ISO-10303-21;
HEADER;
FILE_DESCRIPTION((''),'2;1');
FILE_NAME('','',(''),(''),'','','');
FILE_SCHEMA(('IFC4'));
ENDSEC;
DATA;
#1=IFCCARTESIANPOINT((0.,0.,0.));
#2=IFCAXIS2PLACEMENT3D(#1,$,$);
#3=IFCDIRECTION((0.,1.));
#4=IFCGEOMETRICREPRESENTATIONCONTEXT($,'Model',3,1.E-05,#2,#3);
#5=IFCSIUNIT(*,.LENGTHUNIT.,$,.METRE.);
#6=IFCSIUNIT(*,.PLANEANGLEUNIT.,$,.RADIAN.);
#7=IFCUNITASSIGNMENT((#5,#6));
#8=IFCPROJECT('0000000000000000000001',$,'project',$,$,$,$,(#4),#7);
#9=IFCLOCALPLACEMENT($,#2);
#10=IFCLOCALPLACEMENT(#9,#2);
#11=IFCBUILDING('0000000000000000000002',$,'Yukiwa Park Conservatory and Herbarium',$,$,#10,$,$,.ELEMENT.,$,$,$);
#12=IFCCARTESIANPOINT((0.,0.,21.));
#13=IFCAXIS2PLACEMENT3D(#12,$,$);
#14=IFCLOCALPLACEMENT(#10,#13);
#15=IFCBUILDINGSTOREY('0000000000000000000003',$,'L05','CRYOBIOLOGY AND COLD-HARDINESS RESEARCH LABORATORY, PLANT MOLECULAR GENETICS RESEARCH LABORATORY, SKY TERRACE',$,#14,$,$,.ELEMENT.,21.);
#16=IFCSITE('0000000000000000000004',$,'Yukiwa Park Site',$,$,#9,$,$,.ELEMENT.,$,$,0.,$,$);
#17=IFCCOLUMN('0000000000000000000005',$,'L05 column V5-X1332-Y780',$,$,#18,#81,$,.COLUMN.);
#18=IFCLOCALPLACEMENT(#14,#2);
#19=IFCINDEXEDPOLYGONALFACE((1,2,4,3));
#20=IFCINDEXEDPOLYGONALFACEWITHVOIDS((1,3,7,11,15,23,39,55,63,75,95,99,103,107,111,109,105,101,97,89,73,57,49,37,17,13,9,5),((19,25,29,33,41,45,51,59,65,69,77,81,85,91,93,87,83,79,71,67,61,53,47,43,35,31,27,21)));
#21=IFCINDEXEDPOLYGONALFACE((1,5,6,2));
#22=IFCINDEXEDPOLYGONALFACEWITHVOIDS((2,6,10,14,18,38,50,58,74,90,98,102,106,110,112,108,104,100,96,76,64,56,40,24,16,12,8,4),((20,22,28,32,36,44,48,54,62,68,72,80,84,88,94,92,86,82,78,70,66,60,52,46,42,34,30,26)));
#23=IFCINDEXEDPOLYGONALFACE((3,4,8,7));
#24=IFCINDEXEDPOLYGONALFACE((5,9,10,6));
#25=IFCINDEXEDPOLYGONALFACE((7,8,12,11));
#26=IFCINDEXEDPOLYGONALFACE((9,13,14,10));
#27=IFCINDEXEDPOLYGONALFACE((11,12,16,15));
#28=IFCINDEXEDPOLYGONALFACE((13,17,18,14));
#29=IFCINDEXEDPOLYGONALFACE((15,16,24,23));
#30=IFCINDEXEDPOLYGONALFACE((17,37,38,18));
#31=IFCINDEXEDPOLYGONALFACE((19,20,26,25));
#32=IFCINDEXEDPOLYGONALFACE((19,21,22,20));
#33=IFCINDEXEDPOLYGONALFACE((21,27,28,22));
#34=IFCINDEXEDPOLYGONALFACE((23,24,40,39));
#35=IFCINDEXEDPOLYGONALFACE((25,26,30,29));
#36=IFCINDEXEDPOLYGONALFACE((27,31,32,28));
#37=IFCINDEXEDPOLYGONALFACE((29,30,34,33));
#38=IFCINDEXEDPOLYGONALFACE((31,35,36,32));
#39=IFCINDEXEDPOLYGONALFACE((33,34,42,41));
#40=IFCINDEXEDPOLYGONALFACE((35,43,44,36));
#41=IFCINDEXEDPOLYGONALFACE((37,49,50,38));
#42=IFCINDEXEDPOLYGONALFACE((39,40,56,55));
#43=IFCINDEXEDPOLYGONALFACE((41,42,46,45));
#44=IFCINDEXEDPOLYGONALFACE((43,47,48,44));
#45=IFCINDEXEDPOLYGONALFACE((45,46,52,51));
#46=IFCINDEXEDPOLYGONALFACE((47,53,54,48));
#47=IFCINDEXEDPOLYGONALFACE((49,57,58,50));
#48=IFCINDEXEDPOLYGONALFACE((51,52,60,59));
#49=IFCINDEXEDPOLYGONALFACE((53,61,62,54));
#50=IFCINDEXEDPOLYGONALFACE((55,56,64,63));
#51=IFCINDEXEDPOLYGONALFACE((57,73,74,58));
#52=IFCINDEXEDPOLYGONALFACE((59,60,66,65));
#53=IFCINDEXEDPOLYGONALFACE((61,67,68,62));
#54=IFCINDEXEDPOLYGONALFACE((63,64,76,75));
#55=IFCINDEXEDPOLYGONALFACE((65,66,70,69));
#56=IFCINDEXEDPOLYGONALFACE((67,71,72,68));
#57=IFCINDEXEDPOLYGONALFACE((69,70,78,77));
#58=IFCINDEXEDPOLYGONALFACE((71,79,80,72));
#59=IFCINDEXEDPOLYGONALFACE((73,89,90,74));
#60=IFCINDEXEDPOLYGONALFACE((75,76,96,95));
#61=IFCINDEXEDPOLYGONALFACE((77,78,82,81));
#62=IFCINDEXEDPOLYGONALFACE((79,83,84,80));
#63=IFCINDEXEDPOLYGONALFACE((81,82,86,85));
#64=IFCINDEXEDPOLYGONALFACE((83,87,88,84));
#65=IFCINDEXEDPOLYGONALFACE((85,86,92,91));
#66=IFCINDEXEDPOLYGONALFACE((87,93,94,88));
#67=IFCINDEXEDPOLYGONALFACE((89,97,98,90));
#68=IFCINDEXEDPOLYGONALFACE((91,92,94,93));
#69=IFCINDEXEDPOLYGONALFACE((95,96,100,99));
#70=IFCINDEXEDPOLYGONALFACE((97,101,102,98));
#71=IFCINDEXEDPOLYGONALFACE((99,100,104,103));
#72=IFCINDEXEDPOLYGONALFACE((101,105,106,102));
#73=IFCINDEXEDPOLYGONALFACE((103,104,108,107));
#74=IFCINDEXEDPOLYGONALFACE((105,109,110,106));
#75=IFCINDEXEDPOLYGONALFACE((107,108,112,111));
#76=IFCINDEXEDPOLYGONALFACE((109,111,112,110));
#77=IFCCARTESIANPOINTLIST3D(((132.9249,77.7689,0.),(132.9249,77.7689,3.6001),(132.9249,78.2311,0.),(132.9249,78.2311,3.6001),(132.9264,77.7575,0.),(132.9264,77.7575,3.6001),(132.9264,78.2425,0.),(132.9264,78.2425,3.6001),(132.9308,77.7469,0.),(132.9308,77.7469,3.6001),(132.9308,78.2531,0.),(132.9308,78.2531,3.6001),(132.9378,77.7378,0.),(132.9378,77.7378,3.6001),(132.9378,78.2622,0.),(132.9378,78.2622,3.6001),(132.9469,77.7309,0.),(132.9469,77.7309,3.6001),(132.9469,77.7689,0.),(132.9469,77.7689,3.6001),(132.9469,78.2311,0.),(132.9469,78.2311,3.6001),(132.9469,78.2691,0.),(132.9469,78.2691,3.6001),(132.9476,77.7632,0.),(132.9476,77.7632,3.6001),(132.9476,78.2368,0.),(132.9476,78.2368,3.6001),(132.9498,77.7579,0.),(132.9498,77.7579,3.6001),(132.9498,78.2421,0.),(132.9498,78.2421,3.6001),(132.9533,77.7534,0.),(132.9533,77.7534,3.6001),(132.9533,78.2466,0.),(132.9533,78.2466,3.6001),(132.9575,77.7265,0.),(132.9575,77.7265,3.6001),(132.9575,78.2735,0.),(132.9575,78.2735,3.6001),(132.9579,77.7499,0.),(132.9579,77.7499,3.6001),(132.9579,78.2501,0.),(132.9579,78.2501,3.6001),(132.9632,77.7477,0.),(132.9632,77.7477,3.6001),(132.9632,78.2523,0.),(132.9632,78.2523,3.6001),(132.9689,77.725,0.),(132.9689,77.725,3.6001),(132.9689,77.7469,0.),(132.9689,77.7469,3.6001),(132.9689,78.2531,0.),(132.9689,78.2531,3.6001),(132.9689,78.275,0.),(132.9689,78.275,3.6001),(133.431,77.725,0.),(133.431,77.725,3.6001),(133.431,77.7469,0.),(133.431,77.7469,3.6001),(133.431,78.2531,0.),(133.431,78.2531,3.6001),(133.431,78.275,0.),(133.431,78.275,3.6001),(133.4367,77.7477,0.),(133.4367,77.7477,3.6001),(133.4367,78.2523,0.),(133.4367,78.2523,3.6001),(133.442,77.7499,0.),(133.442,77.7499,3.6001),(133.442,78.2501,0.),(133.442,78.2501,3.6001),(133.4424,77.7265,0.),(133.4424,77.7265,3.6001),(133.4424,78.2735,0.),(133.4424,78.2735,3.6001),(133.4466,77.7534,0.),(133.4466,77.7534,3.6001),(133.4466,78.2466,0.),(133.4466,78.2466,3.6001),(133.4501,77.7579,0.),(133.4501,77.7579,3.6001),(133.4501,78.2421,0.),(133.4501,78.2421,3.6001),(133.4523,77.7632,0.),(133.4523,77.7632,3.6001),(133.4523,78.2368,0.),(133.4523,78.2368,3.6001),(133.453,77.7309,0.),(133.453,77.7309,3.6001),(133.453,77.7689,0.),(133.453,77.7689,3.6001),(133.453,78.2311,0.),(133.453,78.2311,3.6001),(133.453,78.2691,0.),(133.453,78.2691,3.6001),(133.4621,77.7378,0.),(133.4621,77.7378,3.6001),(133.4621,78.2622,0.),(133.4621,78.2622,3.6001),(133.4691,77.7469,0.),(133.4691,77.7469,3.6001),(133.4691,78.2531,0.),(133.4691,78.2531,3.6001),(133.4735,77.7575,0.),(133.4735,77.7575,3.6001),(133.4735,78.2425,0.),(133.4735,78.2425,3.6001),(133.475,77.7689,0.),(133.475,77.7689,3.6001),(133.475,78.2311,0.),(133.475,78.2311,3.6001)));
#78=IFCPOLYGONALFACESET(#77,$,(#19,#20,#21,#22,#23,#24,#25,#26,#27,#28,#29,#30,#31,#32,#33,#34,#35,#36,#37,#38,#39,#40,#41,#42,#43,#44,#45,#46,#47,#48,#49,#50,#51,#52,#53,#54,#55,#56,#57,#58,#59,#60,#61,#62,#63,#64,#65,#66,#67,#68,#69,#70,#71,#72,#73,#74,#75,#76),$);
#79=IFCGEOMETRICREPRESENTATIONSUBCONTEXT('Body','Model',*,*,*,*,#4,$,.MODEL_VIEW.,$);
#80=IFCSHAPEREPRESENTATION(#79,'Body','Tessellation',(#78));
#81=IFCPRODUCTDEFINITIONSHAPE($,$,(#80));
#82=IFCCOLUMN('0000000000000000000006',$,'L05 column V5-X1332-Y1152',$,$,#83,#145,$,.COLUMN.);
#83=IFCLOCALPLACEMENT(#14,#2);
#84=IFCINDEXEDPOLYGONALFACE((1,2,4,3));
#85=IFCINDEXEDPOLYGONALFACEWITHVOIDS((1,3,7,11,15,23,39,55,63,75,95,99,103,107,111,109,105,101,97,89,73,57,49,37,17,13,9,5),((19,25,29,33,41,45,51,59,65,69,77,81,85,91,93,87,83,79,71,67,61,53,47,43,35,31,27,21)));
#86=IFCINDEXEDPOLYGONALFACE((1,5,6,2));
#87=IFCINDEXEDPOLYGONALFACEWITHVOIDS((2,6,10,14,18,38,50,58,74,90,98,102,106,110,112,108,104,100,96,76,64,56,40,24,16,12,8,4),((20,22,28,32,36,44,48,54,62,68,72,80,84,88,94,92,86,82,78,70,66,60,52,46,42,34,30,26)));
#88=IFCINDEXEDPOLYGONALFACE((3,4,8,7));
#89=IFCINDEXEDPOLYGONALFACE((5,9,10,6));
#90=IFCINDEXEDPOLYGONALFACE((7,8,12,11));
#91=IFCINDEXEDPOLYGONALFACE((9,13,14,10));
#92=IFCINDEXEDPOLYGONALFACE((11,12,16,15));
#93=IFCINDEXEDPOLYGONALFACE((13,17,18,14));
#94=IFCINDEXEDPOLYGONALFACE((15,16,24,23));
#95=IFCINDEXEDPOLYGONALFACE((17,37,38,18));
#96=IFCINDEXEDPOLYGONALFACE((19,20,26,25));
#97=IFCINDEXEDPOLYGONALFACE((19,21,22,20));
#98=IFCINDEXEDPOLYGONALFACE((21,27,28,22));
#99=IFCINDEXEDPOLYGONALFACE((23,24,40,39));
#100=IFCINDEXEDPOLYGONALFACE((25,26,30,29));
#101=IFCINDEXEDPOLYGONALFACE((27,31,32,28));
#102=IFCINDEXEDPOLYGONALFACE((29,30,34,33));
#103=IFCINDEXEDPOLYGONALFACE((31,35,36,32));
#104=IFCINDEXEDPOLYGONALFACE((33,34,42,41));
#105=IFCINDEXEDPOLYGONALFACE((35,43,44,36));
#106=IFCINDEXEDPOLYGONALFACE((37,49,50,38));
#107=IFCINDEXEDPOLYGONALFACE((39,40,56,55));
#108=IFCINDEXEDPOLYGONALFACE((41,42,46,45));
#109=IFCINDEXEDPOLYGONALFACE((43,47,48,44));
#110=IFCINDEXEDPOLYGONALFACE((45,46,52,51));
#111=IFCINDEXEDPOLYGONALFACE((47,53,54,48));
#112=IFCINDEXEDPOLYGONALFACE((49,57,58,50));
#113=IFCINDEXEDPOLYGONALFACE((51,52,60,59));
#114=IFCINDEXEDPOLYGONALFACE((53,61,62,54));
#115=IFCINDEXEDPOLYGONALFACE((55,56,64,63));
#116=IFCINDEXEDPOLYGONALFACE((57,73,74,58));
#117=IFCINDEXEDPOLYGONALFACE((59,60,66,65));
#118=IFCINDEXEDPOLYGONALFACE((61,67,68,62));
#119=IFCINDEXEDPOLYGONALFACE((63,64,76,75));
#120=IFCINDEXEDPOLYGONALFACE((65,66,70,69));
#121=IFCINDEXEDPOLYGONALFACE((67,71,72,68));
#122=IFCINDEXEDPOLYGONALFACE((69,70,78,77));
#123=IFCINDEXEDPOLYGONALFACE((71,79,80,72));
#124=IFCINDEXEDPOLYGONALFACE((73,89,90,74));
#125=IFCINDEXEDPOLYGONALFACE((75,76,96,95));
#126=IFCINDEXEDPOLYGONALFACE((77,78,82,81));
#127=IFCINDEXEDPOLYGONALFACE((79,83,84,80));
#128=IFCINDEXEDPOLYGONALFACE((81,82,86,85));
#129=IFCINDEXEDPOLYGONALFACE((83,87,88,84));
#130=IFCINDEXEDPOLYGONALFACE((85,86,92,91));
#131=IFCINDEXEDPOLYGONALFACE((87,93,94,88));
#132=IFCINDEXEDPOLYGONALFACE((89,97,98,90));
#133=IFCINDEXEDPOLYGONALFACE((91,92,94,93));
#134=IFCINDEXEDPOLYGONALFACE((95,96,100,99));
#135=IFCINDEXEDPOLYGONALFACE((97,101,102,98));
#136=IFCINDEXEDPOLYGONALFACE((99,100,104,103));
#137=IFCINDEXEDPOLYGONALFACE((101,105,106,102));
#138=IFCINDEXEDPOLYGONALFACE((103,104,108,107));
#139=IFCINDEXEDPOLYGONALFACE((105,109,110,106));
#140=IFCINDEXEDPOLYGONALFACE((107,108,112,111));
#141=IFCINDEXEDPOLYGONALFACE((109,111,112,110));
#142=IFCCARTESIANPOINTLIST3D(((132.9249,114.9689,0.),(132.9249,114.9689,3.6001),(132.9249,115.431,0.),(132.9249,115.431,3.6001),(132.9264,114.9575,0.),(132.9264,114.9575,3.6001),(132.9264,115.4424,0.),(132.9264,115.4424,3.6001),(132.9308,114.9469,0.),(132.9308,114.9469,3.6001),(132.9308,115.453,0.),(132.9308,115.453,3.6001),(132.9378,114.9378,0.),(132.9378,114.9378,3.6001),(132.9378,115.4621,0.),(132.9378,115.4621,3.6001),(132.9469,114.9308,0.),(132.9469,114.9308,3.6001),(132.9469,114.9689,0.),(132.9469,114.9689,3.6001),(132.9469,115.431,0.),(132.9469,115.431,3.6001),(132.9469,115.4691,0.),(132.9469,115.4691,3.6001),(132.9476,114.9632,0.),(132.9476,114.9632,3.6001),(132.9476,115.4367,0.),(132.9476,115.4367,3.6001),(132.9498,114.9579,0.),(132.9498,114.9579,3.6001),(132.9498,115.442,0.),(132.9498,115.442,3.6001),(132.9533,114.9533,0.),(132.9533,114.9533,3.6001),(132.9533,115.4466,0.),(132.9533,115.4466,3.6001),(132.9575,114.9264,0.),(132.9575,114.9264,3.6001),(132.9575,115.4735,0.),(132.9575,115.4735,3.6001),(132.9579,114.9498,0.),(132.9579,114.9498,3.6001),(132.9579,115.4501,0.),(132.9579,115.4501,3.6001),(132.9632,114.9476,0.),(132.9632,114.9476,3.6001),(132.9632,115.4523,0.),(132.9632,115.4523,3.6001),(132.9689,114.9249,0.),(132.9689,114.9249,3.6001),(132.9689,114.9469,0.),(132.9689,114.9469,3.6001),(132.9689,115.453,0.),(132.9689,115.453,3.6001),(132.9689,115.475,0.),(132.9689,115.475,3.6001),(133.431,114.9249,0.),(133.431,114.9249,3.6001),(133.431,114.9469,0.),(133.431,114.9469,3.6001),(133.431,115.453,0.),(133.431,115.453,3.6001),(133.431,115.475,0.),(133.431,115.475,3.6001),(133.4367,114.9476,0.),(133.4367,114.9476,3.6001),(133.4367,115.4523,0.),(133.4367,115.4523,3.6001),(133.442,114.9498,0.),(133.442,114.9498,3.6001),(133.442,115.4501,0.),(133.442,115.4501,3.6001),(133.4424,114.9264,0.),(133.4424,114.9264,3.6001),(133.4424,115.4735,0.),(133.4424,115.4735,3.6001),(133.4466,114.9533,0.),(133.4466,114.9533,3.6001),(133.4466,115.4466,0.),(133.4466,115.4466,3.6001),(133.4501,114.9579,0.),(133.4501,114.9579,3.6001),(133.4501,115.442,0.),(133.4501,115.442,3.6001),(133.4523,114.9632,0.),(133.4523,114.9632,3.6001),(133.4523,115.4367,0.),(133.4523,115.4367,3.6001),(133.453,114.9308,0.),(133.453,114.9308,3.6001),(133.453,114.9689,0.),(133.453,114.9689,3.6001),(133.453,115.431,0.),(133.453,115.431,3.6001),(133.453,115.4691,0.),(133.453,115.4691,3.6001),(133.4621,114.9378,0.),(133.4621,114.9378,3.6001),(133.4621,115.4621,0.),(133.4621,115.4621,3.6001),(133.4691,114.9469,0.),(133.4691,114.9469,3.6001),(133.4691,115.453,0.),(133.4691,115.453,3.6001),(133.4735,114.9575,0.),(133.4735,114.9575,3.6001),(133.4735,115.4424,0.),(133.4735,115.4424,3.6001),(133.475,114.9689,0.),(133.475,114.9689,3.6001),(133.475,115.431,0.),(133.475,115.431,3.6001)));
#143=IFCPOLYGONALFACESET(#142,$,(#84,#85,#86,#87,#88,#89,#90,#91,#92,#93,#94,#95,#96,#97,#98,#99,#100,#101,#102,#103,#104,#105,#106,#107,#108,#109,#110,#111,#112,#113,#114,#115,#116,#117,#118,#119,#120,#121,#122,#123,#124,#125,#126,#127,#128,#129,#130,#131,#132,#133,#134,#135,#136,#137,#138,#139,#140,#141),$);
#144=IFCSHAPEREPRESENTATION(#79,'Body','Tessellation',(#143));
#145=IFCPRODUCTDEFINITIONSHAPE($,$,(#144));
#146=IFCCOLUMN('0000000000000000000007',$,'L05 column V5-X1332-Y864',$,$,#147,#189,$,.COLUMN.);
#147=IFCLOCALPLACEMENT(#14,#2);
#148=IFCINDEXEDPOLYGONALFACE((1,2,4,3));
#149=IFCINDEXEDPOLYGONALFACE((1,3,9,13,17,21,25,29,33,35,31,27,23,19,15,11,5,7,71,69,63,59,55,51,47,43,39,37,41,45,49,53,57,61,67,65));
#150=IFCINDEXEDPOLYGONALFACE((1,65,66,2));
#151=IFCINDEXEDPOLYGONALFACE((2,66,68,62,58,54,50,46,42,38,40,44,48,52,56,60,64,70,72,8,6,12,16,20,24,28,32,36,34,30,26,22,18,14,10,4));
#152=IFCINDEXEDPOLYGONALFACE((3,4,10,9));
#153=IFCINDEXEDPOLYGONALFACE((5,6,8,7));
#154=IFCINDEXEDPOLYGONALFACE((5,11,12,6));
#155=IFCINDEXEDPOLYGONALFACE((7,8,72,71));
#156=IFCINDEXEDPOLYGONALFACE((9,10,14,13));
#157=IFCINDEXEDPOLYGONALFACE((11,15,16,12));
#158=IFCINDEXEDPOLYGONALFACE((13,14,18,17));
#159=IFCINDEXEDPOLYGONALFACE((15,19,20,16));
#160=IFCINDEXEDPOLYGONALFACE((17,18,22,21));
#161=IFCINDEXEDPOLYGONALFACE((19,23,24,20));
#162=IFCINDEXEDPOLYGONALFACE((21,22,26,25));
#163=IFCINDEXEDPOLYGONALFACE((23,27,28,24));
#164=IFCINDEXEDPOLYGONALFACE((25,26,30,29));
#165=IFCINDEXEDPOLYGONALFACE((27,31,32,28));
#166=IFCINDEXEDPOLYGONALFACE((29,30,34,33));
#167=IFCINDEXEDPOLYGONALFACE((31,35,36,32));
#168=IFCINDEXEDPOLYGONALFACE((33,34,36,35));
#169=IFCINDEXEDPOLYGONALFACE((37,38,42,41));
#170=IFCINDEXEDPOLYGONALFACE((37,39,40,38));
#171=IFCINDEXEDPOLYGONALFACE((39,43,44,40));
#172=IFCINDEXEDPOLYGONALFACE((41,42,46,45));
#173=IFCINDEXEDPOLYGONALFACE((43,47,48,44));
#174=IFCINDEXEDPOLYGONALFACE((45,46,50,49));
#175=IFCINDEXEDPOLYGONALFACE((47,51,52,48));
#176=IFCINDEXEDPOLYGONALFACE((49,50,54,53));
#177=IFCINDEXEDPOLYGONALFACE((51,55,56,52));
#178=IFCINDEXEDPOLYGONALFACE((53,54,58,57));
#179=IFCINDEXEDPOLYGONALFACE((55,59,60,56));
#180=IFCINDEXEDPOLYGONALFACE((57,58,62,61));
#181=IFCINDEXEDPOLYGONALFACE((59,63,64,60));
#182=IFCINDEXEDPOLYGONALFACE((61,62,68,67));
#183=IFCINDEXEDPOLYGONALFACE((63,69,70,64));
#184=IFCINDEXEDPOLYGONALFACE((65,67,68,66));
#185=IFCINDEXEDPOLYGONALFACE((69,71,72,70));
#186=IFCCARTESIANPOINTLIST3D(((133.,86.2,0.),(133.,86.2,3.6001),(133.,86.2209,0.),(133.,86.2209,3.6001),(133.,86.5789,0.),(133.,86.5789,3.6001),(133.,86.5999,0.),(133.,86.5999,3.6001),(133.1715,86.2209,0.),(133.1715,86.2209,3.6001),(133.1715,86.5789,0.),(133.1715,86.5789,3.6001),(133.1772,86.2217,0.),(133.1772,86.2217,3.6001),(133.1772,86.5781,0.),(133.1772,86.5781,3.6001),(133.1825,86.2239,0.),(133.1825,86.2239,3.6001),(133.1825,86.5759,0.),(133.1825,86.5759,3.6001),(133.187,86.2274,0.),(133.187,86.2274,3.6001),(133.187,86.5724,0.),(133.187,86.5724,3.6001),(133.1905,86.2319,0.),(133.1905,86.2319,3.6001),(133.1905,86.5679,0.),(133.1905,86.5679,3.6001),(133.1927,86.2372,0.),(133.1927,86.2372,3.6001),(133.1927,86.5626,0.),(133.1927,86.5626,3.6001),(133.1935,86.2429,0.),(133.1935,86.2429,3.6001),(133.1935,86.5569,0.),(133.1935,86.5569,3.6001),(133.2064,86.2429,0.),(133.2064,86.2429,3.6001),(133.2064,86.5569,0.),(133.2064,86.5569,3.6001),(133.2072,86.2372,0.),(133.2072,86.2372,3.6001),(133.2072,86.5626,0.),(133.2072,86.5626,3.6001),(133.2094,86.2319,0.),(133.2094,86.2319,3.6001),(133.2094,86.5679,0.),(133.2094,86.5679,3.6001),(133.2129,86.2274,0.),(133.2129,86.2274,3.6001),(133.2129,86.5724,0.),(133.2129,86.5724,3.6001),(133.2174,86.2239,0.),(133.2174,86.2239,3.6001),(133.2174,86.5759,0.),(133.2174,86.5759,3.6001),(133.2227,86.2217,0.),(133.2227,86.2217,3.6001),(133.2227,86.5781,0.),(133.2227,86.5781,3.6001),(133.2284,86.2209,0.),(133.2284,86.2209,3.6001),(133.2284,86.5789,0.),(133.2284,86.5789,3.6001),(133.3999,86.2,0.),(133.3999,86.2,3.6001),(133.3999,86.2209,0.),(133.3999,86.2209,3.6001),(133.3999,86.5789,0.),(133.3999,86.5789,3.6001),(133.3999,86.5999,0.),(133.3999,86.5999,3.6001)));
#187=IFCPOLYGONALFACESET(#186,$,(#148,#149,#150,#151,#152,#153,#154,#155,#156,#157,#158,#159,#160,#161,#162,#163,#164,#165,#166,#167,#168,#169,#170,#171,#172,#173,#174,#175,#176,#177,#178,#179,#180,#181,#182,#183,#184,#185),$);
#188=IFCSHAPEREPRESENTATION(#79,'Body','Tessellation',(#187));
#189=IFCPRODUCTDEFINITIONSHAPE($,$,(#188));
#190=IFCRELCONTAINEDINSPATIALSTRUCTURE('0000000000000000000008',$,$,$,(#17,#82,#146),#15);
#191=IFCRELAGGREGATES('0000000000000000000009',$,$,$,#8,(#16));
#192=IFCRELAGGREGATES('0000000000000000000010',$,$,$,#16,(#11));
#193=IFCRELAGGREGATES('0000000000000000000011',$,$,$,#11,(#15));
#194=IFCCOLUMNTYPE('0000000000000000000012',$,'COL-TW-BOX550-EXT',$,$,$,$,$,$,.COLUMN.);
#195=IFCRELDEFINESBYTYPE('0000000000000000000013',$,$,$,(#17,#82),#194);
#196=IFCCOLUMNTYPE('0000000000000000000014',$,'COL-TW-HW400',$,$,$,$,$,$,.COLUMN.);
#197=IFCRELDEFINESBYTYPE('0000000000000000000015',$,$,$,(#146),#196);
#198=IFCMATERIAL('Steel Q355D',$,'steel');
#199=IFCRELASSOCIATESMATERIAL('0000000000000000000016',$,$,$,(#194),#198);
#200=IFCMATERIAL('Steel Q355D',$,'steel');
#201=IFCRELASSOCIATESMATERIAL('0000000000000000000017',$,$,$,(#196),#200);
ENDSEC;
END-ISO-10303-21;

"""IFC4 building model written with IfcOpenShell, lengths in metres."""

from ifc_helpers import new_model, si_unit, direction, frame, origin, origin_2d, place, context, subcontext, project, spatial, hollow_rectangle, i_section, extrude, material, material_profile, profile_set, type_object, element, save


model = new_model("IFC4")

# Units and contexts
model_context = context("Model", 3, precision=1e-05, world=origin(), true_north=direction((0.0, 1.0)))
body_context = subcontext(model_context, "Body", "Model", "MODEL_VIEW")
ifc_project = project(units=[si_unit("LENGTHUNIT", "METRE"), si_unit("PLANEANGLEUNIT", "RADIAN")], contexts=[model_context])

# Site, building, storey
site_placement = place(None, origin())
site = spatial("IfcSite", under=ifc_project, at=site_placement, Name="Yukiwa Park Site", CompositionType="ELEMENT", RefElevation=0.0)
building_placement = place(site_placement, origin())
building = spatial("IfcBuilding", under=site, at=building_placement, Name="Yukiwa Park Conservatory and Herbarium", CompositionType="ELEMENT")
storey_placement = place(building_placement, frame((0.0, 0.0, 21.0)))
storey = spatial("IfcBuildingStorey", under=building, at=storey_placement, Name="L05", Description="CRYOBIOLOGY AND COLD-HARDINESS RESEARCH LABORATORY, PLANT MOLECULAR GENETICS RESEARCH LABORATORY, SKY TERRACE", CompositionType="ELEMENT", Elevation=21.0)

# Columns
ifc_material_1 = material(Name="Steel Q355D", Category="steel")
ifc_material_profile_1 = material_profile(ifc_material_1, hollow_rectangle(XDim=0.55, YDim=0.55, WallThickness=0.022, InnerFilletRadius=0.022, OuterFilletRadius=0.0439, at=origin_2d()), Name="BOX 550x550x22")
ifc_profile_set_1 = profile_set([ifc_material_profile_1], Name="Steel Q355D")
column_type_1 = type_object("IfcColumnType", Name="COL-TW-BOX550-EXT", PredefinedType="COLUMN", material=ifc_profile_set_1)
for number, where, z_axis, x_axis, name in (
    (1, (133.2, 78.0, 0.0), (0.0, 0.0, 1.0), (1.0, 0.0, 0.0), "L05 column V5-X1332-Y780"),
    (2, (133.2, 115.2, 0.0), (0.0, 0.0, 1.0), (1.0, 0.0, 0.0), "L05 column V5-X1332-Y1152"),
):
    element("IfcColumn", number, at=place(storey_placement, frame(where, z_axis=z_axis, x_axis=x_axis)), inside=storey, type_object=column_type_1, Name=name, PredefinedType="COLUMN", context=body_context, shape_type="SweptSolid", body=[
        extrude(hollow_rectangle(XDim=0.55, YDim=0.55, WallThickness=0.022, InnerFilletRadius=0.022, OuterFilletRadius=0.0439, at=origin_2d()), origin(), (0.0, 0.0, 1.0), 3.6001),
    ])
ifc_material_2 = material(Name="Steel Q355D", Category="steel")
ifc_material_profile_2 = material_profile(ifc_material_2, i_section(OverallWidth=0.3999, OverallDepth=0.3999, WebThickness=0.0129, FlangeThickness=0.021, FilletRadius=0.022, at=origin_2d()), Name="HW 400x400x13x21")
ifc_profile_set_2 = profile_set([ifc_material_profile_2], Name="Steel Q355D")
column_type_2 = type_object("IfcColumnType", Name="COL-TW-HW400", PredefinedType="COLUMN", material=ifc_profile_set_2)
column_placement = place(storey_placement, frame((133.2, 86.3999, 0.0), z_axis=(0.0, 0.0, 1.0), x_axis=(1.0, 0.0, 0.0)))
element("IfcColumn", 3, at=column_placement, inside=storey, type_object=column_type_2, Name="L05 column V5-X1332-Y864", PredefinedType="COLUMN", context=body_context, shape_type="SweptSolid", body=[
    extrude(i_section(OverallWidth=0.3999, OverallDepth=0.3999, WebThickness=0.0129, FlangeThickness=0.021, FilletRadius=0.022, at=origin_2d()), origin(), (0.0, 0.0, 1.0), 3.6001),
])

save(model, "model.ifc")
